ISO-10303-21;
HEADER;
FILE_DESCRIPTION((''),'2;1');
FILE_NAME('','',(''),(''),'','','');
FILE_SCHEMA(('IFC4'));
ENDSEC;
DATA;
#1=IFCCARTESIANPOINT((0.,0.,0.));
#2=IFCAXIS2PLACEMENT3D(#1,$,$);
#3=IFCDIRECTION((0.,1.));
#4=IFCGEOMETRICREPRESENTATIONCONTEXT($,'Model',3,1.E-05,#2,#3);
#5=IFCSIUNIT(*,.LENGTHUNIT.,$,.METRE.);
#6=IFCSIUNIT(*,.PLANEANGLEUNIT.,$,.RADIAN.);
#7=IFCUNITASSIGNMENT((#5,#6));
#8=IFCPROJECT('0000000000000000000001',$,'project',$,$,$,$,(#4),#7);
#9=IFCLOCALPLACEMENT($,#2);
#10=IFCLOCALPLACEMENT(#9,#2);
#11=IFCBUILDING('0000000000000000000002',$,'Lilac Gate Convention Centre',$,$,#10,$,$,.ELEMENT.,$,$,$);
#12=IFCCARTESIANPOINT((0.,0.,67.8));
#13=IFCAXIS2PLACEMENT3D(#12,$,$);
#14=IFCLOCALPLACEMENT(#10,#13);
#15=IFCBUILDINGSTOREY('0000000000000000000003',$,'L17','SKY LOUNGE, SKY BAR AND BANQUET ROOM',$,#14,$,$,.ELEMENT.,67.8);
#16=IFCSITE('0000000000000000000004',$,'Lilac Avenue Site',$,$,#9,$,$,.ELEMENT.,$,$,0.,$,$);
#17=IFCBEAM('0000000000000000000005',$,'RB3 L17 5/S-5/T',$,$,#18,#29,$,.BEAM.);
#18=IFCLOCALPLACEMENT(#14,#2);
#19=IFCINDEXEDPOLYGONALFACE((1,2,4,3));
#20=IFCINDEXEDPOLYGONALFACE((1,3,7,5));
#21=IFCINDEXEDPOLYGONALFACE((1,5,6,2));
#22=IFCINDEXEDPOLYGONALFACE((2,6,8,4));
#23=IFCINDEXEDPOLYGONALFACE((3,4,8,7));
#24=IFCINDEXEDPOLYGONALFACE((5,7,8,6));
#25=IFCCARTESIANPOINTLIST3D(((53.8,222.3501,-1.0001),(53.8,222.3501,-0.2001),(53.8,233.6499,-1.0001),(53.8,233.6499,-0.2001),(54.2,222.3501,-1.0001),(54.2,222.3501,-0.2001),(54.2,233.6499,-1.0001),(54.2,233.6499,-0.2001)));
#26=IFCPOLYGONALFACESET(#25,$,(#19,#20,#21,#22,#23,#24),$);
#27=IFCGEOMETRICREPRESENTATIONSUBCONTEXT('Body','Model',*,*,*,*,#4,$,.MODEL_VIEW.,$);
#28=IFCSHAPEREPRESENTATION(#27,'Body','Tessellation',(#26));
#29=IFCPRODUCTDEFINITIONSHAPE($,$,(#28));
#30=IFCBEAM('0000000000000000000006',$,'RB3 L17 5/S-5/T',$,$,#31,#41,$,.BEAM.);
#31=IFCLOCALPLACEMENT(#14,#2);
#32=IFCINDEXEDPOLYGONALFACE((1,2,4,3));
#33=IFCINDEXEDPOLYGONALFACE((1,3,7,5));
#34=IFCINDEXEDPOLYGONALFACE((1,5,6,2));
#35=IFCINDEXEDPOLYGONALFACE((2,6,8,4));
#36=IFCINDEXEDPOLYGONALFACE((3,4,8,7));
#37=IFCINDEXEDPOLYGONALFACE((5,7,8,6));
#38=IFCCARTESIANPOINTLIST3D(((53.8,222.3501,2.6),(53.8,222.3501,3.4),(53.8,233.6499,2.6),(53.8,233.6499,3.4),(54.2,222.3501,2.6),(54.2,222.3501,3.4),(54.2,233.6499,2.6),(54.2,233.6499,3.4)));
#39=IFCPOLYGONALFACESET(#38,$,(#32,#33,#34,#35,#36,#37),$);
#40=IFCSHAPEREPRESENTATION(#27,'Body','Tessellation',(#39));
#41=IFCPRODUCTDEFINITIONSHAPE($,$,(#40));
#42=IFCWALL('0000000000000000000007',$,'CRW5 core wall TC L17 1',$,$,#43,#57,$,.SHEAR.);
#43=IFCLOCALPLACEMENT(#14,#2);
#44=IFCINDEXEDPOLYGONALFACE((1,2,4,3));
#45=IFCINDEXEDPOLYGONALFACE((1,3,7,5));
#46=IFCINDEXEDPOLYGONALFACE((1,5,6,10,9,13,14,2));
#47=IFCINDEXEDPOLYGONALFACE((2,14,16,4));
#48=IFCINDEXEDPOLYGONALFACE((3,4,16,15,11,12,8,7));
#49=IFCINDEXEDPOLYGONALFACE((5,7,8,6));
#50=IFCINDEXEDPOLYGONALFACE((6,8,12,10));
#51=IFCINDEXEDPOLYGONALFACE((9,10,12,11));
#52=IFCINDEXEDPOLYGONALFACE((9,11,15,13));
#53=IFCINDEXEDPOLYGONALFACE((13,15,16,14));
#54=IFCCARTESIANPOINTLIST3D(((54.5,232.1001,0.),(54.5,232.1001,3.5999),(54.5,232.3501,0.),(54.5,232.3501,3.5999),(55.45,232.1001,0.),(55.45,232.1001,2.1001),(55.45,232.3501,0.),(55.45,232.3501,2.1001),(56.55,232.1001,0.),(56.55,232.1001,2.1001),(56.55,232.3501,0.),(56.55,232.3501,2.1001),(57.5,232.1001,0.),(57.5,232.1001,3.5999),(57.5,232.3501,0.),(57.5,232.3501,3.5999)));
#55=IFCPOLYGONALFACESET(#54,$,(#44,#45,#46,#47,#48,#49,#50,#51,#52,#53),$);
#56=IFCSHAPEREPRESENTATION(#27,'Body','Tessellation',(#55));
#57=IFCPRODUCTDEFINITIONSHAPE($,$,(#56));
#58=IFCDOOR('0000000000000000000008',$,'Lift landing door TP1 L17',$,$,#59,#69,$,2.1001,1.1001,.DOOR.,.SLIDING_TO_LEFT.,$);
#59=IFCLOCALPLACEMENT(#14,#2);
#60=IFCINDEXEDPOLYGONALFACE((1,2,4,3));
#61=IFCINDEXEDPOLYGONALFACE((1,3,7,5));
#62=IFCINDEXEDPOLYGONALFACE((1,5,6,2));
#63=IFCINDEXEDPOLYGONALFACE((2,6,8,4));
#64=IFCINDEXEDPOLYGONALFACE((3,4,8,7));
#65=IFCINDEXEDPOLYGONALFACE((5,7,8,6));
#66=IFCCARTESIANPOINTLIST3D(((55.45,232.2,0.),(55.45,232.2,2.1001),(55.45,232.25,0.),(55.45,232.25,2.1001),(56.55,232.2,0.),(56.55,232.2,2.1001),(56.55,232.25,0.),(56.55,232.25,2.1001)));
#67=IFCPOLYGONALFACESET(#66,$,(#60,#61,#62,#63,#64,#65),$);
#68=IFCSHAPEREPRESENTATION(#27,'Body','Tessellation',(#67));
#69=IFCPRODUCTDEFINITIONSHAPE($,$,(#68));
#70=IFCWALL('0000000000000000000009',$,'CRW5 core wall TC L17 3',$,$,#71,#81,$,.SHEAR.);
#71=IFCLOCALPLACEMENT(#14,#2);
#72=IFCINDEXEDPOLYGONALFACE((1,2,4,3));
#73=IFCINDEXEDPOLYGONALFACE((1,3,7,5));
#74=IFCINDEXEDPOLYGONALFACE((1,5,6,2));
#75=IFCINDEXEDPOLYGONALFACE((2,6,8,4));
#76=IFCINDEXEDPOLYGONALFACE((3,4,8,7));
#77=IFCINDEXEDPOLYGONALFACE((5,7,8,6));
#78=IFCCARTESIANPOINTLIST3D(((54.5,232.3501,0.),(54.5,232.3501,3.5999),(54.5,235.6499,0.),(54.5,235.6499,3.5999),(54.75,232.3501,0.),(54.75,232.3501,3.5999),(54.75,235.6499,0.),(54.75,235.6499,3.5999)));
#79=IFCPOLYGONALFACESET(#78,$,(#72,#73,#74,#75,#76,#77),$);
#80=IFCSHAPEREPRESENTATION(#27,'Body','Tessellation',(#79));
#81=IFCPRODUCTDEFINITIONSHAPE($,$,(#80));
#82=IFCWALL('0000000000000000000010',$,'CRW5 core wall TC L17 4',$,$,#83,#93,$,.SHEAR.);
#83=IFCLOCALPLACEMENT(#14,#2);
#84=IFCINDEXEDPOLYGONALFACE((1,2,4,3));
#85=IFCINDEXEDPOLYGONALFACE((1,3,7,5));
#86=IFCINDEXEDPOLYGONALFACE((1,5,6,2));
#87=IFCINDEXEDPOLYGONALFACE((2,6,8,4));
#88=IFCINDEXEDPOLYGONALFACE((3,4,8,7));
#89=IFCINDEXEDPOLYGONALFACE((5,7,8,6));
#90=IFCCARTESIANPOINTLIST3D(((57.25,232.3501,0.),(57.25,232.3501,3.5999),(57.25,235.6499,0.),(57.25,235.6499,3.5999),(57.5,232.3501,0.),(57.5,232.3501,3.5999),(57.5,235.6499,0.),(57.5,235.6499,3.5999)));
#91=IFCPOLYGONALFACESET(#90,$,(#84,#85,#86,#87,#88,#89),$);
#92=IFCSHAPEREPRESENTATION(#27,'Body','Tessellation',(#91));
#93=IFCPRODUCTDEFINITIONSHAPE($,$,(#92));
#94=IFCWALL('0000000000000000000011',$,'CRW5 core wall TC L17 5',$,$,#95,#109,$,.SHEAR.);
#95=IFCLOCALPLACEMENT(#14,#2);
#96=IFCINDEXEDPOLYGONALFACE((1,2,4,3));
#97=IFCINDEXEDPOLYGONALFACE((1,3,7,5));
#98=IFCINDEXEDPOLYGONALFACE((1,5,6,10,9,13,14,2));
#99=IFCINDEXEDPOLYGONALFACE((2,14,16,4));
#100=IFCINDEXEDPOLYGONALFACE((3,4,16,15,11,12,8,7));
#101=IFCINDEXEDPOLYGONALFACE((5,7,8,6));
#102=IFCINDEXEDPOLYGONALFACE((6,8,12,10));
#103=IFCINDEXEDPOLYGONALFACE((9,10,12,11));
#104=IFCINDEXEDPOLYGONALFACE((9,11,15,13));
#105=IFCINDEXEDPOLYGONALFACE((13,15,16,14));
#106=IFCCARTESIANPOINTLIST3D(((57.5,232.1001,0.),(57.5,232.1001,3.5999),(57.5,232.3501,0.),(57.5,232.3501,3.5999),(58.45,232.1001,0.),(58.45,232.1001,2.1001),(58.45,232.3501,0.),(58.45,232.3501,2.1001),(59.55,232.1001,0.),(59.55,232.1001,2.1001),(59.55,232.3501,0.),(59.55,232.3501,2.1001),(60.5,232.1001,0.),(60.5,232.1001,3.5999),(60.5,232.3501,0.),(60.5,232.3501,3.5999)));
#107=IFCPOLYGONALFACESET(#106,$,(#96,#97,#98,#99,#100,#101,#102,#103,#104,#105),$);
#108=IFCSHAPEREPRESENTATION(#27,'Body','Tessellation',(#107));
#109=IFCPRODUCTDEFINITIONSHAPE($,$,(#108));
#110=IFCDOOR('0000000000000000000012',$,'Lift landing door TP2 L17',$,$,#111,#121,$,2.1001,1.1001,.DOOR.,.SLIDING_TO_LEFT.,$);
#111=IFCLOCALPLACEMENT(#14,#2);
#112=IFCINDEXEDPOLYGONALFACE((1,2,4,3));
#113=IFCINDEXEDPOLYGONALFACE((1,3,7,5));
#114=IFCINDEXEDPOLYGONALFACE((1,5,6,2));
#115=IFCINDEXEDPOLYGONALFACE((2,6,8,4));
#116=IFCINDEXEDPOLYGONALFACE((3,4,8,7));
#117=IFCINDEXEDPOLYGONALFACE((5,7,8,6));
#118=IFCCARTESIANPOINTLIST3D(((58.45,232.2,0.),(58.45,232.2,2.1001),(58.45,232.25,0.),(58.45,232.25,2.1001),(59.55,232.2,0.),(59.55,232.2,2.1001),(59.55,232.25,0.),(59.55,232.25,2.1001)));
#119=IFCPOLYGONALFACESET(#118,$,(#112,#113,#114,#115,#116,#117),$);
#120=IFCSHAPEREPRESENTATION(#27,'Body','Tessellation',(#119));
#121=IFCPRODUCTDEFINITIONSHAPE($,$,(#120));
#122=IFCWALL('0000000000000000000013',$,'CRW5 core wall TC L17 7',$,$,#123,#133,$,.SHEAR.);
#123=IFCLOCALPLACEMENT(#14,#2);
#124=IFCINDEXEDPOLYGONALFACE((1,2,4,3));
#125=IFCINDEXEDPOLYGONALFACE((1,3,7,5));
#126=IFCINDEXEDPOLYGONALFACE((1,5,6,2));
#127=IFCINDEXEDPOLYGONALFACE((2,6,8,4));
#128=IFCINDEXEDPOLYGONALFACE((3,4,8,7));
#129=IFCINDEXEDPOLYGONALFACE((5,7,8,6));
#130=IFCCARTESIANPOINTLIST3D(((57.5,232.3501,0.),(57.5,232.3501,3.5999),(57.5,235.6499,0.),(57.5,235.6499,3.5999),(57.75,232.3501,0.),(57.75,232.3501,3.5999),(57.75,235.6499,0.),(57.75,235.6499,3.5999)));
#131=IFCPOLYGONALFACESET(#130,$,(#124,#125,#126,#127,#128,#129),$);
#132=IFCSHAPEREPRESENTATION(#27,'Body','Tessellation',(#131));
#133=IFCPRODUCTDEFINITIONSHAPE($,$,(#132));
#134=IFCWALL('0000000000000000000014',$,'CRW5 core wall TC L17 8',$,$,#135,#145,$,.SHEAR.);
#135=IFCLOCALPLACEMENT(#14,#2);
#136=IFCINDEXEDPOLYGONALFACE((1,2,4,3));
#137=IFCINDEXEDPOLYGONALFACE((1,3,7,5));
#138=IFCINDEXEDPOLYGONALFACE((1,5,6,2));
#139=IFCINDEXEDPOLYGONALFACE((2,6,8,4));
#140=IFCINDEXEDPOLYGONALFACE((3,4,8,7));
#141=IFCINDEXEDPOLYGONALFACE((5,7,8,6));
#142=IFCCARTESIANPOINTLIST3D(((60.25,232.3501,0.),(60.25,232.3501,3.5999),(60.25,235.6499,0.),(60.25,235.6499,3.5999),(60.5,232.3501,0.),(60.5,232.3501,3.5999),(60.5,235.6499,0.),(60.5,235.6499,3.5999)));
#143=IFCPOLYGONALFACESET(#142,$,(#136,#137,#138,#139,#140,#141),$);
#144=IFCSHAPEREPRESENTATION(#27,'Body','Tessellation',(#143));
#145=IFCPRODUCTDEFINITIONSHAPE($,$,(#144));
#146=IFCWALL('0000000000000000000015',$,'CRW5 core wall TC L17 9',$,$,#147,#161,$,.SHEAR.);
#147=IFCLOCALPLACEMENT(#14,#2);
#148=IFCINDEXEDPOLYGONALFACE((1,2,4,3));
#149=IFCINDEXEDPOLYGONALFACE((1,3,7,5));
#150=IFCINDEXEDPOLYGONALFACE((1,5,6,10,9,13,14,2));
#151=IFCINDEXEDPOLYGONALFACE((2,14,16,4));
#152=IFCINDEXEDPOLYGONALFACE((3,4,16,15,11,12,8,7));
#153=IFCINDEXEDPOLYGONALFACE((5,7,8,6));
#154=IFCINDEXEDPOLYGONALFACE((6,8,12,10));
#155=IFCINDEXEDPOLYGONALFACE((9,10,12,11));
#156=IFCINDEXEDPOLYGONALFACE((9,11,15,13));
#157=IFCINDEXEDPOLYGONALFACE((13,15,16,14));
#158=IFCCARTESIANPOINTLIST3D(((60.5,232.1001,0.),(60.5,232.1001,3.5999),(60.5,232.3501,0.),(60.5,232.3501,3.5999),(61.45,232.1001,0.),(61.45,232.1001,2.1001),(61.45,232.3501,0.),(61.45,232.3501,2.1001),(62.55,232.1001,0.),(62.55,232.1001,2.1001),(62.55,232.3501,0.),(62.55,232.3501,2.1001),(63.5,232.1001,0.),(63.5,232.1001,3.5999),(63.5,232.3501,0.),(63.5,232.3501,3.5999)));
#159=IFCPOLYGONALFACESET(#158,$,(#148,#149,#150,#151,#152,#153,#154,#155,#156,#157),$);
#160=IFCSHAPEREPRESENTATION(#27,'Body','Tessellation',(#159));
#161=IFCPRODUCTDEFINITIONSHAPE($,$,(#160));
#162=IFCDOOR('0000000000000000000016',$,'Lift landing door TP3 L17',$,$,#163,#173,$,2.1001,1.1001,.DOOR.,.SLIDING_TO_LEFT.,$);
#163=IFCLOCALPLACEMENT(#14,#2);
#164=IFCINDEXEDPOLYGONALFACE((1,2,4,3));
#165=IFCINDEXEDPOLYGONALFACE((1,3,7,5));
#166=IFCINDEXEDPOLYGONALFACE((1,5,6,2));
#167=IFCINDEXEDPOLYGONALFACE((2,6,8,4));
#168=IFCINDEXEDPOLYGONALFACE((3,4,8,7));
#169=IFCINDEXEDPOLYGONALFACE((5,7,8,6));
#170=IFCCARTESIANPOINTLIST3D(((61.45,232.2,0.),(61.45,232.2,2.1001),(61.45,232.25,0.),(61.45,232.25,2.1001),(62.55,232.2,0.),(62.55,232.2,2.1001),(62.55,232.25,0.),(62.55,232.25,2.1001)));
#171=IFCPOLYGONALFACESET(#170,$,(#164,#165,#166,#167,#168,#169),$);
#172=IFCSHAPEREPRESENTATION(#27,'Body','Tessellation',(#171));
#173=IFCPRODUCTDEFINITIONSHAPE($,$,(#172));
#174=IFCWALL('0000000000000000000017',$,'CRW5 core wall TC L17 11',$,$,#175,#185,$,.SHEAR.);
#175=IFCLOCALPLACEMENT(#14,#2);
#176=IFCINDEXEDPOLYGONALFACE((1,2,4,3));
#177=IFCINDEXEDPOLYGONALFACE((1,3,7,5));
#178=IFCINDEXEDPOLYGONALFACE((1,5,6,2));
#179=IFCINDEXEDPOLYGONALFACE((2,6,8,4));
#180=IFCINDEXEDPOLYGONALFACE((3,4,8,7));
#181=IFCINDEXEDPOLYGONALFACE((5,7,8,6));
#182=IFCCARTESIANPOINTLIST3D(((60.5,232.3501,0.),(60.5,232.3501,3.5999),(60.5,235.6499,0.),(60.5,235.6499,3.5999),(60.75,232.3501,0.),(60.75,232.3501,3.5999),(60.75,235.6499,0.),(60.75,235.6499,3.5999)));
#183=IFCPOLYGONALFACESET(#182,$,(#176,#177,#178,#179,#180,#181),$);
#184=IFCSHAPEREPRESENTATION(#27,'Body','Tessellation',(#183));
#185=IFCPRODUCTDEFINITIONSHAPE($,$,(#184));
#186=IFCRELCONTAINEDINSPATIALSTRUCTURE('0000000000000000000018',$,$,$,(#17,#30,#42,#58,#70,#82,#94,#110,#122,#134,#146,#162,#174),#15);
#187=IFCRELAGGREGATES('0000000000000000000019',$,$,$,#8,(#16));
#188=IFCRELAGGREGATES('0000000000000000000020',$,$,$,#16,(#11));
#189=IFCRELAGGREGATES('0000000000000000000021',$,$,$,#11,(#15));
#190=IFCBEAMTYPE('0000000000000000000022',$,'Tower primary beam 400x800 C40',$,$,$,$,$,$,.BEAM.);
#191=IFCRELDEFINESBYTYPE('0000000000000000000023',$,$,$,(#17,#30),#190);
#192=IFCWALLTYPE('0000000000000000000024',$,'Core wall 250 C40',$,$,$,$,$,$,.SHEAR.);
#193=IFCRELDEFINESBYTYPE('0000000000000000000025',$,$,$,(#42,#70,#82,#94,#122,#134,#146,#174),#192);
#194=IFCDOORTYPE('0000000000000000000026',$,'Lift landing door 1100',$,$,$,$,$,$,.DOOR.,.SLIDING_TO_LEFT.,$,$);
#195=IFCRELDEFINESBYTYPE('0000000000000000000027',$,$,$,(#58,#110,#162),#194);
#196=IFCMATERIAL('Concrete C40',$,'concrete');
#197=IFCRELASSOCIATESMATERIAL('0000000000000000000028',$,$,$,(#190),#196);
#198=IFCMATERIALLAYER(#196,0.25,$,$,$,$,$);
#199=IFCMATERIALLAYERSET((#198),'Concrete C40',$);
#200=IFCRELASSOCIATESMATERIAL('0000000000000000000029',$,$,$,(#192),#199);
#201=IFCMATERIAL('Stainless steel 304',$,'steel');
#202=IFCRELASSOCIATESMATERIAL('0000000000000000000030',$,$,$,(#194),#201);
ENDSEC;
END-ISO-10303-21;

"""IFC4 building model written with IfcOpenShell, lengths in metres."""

from ifc_helpers import new_model, si_unit, direction, frame, frame_2d, origin, origin_2d, place, context, subcontext, project, spatial, rectangle, extrude, material, layer, layer_set, material_profile, profile_set, type_object, element, fill, save


model = new_model("IFC4")

# Units and contexts
model_context = context("Model", 3, precision=1e-05, world=origin(), true_north=direction((0.0, 1.0)))
body_context = subcontext(model_context, "Body", "Model", "MODEL_VIEW")
ifc_project = project(units=[si_unit("LENGTHUNIT", "METRE"), si_unit("PLANEANGLEUNIT", "RADIAN")], contexts=[model_context])

# Site, building, storey
site_placement = place(None, origin())
site = spatial("IfcSite", under=ifc_project, at=site_placement, Name="Lilac Avenue Site", CompositionType="ELEMENT", RefElevation=0.0)
building_placement = place(site_placement, origin())
building = spatial("IfcBuilding", under=site, at=building_placement, Name="Lilac Gate Convention Centre", CompositionType="ELEMENT")
storey_placement = place(building_placement, frame((0.0, 0.0, 67.8)))
storey = spatial("IfcBuildingStorey", under=building, at=storey_placement, Name="L17", Description="SKY LOUNGE, SKY BAR AND BANQUET ROOM", CompositionType="ELEMENT", Elevation=67.8)

# Beams
ifc_material_1 = material(Name="Concrete C40", Category="concrete")
ifc_material_profile = material_profile(ifc_material_1, rectangle(XDim=0.3999, YDim=0.8, at=origin_2d()), Name="RC 400x800")
ifc_profile_set = profile_set([ifc_material_profile], Name="Concrete C40")
beam_type = type_object("IfcBeamType", Name="Tower primary beam 400x800 C40", PredefinedType="BEAM", material=ifc_profile_set)
for number, where, z_axis, x_axis, name in (
    (1, (54.0, 222.3501, -0.6001), (0.0, 1.0, 0.0), (-1.0, 0.0, 0.0), "RB3 L17 5/S-5/T"),
    (2, (54.0, 222.3501, 3.0), (0.0, 1.0, 0.0), (-1.0, 0.0, 0.0), "RB3 L17 5/S-5/T"),
):
    element("IfcBeam", number, at=place(storey_placement, frame(where, z_axis=z_axis, x_axis=x_axis)), inside=storey, type_object=beam_type, Name=name, PredefinedType="BEAM", context=body_context, shape_type="SweptSolid", body=[
        extrude(rectangle(XDim=0.3999, YDim=0.8, at=origin_2d()), origin(), (0.0, 0.0, 1.0), 11.2998),
    ])

# Wall, opening, door
ifc_layer_1 = layer(ifc_material_1, 0.25)
ifc_layer_set_1 = layer_set([ifc_layer_1], Name="Concrete C40")
wall_type_1 = type_object("IfcWallType", Name="Core wall 250 C40", PredefinedType="SHEAR", material=ifc_layer_set_1)
wall_1_placement = place(storey_placement, frame((54.5, 232.2251, 0.0), z_axis=(0.0, 0.0, 1.0), x_axis=(1.0, 0.0, 0.0)))
wall_1 = element("IfcWall", 3, at=wall_1_placement, inside=storey, type_object=wall_type_1, Name="CRW5 core wall TC L17 1", PredefinedType="SHEAR", context=body_context, shape_type="SweptSolid", body=[
    extrude(rectangle(XDim=3.0, YDim=0.25, at=frame_2d((1.5, 0.0))), origin(), (0.0, 0.0, 1.0), 3.5999),
])
opening_1_placement = place(wall_1_placement, frame((0.95, 0.0, 0.0)))
opening_1 = element("IfcOpeningElement", 4, at=opening_1_placement, cuts=wall_1, PredefinedType="OPENING", context=body_context, shape_type="SweptSolid", body=[
    extrude(rectangle(XDim=1.1001, YDim=2.1001, at=frame_2d((0.55, 1.05))), frame((0.0, 0.135, 0.0), z_axis=(0.0, -1.0, 0.0), x_axis=(1.0, 0.0, 0.0)), (0.0, 0.0, 1.0), 0.27),
])
ifc_material_2 = material(Name="Stainless steel 304", Category="steel")
door_type_1 = type_object("IfcDoorType", Name="Lift landing door 1100", OperationType="SLIDING_TO_LEFT", PredefinedType="DOOR", material=ifc_material_2)
door_1_placement = place(opening_1_placement, origin())
door_1 = element("IfcDoor", 5, at=door_1_placement, inside=storey, type_object=door_type_1, Name="Lift landing door TP1 L17", OperationType="SLIDING_TO_LEFT", OverallHeight=2.1001, OverallWidth=1.1001, PredefinedType="DOOR", context=body_context, shape_type="SweptSolid", body=[
    extrude(rectangle(XDim=1.1001, YDim=2.1001, at=frame_2d((0.55, 1.05))), frame((0.0, 0.0249, 0.0), z_axis=(0.0, -1.0, 0.0), x_axis=(1.0, 0.0, 0.0)), (0.0, 0.0, 1.0), 0.05),
])
fill(opening_1, door_1)

# Walls
for number, where, z_axis, x_axis, name in (
    (6, (54.625, 232.3501, 0.0), (0.0, 0.0, 1.0), (0.0, 1.0, 0.0), "CRW5 core wall TC L17 3"),
    (7, (57.375, 232.3501, 0.0), (0.0, 0.0, 1.0), (0.0, 1.0, 0.0), "CRW5 core wall TC L17 4"),
):
    element("IfcWall", number, at=place(storey_placement, frame(where, z_axis=z_axis, x_axis=x_axis)), inside=storey, type_object=wall_type_1, Name=name, PredefinedType="SHEAR", context=body_context, shape_type="SweptSolid", body=[
        extrude(rectangle(XDim=3.2998, YDim=0.25, at=frame_2d((1.6499, 0.0))), origin(), (0.0, 0.0, 1.0), 3.5999),
    ])

# Wall, opening, door
wall_2_placement = place(storey_placement, frame((57.5, 232.2251, 0.0), z_axis=(0.0, 0.0, 1.0), x_axis=(1.0, 0.0, 0.0)))
wall_2 = element("IfcWall", 8, at=wall_2_placement, inside=storey, type_object=wall_type_1, Name="CRW5 core wall TC L17 5", PredefinedType="SHEAR", context=body_context, shape_type="SweptSolid", body=[
    extrude(rectangle(XDim=3.0, YDim=0.25, at=frame_2d((1.5, 0.0))), origin(), (0.0, 0.0, 1.0), 3.5999),
])
opening_2_placement = place(wall_2_placement, frame((0.95, 0.0, 0.0)))
opening_2 = element("IfcOpeningElement", 9, at=opening_2_placement, cuts=wall_2, PredefinedType="OPENING", context=body_context, shape_type="SweptSolid", body=[
    extrude(rectangle(XDim=1.1001, YDim=2.1001, at=frame_2d((0.55, 1.05))), frame((0.0, 0.135, 0.0), z_axis=(0.0, -1.0, 0.0), x_axis=(1.0, 0.0, 0.0)), (0.0, 0.0, 1.0), 0.27),
])
door_2_placement = place(opening_2_placement, origin())
door_2 = element("IfcDoor", 10, at=door_2_placement, inside=storey, type_object=door_type_1, Name="Lift landing door TP2 L17", OperationType="SLIDING_TO_LEFT", OverallHeight=2.1001, OverallWidth=1.1001, PredefinedType="DOOR", context=body_context, shape_type="SweptSolid", body=[
    extrude(rectangle(XDim=1.1001, YDim=2.1001, at=frame_2d((0.55, 1.05))), frame((0.0, 0.0249, 0.0), z_axis=(0.0, -1.0, 0.0), x_axis=(1.0, 0.0, 0.0)), (0.0, 0.0, 1.0), 0.05),
])
fill(opening_2, door_2)

# Walls
for number, where, z_axis, x_axis, name in (
    (11, (57.625, 232.3501, 0.0), (0.0, 0.0, 1.0), (0.0, 1.0, 0.0), "CRW5 core wall TC L17 7"),
    (12, (60.375, 232.3501, 0.0), (0.0, 0.0, 1.0), (0.0, 1.0, 0.0), "CRW5 core wall TC L17 8"),
):
    element("IfcWall", number, at=place(storey_placement, frame(where, z_axis=z_axis, x_axis=x_axis)), inside=storey, type_object=wall_type_1, Name=name, PredefinedType="SHEAR", context=body_context, shape_type="SweptSolid", body=[
        extrude(rectangle(XDim=3.2998, YDim=0.25, at=frame_2d((1.6499, 0.0))), origin(), (0.0, 0.0, 1.0), 3.5999),
    ])

# Wall, opening, door
wall_3_placement = place(storey_placement, frame((60.5, 232.2251, 0.0), z_axis=(0.0, 0.0, 1.0), x_axis=(1.0, 0.0, 0.0)))
wall_3 = element("IfcWall", 13, at=wall_3_placement, inside=storey, type_object=wall_type_1, Name="CRW5 core wall TC L17 9", PredefinedType="SHEAR", context=body_context, shape_type="SweptSolid", body=[
    extrude(rectangle(XDim=3.0, YDim=0.25, at=frame_2d((1.5, 0.0))), origin(), (0.0, 0.0, 1.0), 3.5999),
])
opening_3_placement = place(wall_3_placement, frame((0.95, 0.0, 0.0)))
opening_3 = element("IfcOpeningElement", 14, at=opening_3_placement, cuts=wall_3, PredefinedType="OPENING", context=body_context, shape_type="SweptSolid", body=[
    extrude(rectangle(XDim=1.1001, YDim=2.1001, at=frame_2d((0.55, 1.05))), frame((0.0, 0.135, 0.0), z_axis=(0.0, -1.0, 0.0), x_axis=(1.0, 0.0, 0.0)), (0.0, 0.0, 1.0), 0.27),
])
door_3_placement = place(opening_3_placement, origin())
door_3 = element("IfcDoor", 15, at=door_3_placement, inside=storey, type_object=door_type_1, Name="Lift landing door TP3 L17", OperationType="SLIDING_TO_LEFT", OverallHeight=2.1001, OverallWidth=1.1001, PredefinedType="DOOR", context=body_context, shape_type="SweptSolid", body=[
    extrude(rectangle(XDim=1.1001, YDim=2.1001, at=frame_2d((0.55, 1.05))), frame((0.0, 0.0249, 0.0), z_axis=(0.0, -1.0, 0.0), x_axis=(1.0, 0.0, 0.0)), (0.0, 0.0, 1.0), 0.05),
])
fill(opening_3, door_3)

# Wall
for number, where, z_axis, x_axis, name in (
    (16, (60.625, 232.3501, 0.0), (0.0, 0.0, 1.0), (0.0, 1.0, 0.0), "CRW5 core wall TC L17 11"),
):
    element("IfcWall", number, at=place(storey_placement, frame(where, z_axis=z_axis, x_axis=x_axis)), inside=storey, type_object=wall_type_1, Name=name, PredefinedType="SHEAR", context=body_context, shape_type="SweptSolid", body=[
        extrude(rectangle(XDim=3.2998, YDim=0.25, at=frame_2d((1.6499, 0.0))), origin(), (0.0, 0.0, 1.0), 3.5999),
    ])

save(model, "model.ifc")
